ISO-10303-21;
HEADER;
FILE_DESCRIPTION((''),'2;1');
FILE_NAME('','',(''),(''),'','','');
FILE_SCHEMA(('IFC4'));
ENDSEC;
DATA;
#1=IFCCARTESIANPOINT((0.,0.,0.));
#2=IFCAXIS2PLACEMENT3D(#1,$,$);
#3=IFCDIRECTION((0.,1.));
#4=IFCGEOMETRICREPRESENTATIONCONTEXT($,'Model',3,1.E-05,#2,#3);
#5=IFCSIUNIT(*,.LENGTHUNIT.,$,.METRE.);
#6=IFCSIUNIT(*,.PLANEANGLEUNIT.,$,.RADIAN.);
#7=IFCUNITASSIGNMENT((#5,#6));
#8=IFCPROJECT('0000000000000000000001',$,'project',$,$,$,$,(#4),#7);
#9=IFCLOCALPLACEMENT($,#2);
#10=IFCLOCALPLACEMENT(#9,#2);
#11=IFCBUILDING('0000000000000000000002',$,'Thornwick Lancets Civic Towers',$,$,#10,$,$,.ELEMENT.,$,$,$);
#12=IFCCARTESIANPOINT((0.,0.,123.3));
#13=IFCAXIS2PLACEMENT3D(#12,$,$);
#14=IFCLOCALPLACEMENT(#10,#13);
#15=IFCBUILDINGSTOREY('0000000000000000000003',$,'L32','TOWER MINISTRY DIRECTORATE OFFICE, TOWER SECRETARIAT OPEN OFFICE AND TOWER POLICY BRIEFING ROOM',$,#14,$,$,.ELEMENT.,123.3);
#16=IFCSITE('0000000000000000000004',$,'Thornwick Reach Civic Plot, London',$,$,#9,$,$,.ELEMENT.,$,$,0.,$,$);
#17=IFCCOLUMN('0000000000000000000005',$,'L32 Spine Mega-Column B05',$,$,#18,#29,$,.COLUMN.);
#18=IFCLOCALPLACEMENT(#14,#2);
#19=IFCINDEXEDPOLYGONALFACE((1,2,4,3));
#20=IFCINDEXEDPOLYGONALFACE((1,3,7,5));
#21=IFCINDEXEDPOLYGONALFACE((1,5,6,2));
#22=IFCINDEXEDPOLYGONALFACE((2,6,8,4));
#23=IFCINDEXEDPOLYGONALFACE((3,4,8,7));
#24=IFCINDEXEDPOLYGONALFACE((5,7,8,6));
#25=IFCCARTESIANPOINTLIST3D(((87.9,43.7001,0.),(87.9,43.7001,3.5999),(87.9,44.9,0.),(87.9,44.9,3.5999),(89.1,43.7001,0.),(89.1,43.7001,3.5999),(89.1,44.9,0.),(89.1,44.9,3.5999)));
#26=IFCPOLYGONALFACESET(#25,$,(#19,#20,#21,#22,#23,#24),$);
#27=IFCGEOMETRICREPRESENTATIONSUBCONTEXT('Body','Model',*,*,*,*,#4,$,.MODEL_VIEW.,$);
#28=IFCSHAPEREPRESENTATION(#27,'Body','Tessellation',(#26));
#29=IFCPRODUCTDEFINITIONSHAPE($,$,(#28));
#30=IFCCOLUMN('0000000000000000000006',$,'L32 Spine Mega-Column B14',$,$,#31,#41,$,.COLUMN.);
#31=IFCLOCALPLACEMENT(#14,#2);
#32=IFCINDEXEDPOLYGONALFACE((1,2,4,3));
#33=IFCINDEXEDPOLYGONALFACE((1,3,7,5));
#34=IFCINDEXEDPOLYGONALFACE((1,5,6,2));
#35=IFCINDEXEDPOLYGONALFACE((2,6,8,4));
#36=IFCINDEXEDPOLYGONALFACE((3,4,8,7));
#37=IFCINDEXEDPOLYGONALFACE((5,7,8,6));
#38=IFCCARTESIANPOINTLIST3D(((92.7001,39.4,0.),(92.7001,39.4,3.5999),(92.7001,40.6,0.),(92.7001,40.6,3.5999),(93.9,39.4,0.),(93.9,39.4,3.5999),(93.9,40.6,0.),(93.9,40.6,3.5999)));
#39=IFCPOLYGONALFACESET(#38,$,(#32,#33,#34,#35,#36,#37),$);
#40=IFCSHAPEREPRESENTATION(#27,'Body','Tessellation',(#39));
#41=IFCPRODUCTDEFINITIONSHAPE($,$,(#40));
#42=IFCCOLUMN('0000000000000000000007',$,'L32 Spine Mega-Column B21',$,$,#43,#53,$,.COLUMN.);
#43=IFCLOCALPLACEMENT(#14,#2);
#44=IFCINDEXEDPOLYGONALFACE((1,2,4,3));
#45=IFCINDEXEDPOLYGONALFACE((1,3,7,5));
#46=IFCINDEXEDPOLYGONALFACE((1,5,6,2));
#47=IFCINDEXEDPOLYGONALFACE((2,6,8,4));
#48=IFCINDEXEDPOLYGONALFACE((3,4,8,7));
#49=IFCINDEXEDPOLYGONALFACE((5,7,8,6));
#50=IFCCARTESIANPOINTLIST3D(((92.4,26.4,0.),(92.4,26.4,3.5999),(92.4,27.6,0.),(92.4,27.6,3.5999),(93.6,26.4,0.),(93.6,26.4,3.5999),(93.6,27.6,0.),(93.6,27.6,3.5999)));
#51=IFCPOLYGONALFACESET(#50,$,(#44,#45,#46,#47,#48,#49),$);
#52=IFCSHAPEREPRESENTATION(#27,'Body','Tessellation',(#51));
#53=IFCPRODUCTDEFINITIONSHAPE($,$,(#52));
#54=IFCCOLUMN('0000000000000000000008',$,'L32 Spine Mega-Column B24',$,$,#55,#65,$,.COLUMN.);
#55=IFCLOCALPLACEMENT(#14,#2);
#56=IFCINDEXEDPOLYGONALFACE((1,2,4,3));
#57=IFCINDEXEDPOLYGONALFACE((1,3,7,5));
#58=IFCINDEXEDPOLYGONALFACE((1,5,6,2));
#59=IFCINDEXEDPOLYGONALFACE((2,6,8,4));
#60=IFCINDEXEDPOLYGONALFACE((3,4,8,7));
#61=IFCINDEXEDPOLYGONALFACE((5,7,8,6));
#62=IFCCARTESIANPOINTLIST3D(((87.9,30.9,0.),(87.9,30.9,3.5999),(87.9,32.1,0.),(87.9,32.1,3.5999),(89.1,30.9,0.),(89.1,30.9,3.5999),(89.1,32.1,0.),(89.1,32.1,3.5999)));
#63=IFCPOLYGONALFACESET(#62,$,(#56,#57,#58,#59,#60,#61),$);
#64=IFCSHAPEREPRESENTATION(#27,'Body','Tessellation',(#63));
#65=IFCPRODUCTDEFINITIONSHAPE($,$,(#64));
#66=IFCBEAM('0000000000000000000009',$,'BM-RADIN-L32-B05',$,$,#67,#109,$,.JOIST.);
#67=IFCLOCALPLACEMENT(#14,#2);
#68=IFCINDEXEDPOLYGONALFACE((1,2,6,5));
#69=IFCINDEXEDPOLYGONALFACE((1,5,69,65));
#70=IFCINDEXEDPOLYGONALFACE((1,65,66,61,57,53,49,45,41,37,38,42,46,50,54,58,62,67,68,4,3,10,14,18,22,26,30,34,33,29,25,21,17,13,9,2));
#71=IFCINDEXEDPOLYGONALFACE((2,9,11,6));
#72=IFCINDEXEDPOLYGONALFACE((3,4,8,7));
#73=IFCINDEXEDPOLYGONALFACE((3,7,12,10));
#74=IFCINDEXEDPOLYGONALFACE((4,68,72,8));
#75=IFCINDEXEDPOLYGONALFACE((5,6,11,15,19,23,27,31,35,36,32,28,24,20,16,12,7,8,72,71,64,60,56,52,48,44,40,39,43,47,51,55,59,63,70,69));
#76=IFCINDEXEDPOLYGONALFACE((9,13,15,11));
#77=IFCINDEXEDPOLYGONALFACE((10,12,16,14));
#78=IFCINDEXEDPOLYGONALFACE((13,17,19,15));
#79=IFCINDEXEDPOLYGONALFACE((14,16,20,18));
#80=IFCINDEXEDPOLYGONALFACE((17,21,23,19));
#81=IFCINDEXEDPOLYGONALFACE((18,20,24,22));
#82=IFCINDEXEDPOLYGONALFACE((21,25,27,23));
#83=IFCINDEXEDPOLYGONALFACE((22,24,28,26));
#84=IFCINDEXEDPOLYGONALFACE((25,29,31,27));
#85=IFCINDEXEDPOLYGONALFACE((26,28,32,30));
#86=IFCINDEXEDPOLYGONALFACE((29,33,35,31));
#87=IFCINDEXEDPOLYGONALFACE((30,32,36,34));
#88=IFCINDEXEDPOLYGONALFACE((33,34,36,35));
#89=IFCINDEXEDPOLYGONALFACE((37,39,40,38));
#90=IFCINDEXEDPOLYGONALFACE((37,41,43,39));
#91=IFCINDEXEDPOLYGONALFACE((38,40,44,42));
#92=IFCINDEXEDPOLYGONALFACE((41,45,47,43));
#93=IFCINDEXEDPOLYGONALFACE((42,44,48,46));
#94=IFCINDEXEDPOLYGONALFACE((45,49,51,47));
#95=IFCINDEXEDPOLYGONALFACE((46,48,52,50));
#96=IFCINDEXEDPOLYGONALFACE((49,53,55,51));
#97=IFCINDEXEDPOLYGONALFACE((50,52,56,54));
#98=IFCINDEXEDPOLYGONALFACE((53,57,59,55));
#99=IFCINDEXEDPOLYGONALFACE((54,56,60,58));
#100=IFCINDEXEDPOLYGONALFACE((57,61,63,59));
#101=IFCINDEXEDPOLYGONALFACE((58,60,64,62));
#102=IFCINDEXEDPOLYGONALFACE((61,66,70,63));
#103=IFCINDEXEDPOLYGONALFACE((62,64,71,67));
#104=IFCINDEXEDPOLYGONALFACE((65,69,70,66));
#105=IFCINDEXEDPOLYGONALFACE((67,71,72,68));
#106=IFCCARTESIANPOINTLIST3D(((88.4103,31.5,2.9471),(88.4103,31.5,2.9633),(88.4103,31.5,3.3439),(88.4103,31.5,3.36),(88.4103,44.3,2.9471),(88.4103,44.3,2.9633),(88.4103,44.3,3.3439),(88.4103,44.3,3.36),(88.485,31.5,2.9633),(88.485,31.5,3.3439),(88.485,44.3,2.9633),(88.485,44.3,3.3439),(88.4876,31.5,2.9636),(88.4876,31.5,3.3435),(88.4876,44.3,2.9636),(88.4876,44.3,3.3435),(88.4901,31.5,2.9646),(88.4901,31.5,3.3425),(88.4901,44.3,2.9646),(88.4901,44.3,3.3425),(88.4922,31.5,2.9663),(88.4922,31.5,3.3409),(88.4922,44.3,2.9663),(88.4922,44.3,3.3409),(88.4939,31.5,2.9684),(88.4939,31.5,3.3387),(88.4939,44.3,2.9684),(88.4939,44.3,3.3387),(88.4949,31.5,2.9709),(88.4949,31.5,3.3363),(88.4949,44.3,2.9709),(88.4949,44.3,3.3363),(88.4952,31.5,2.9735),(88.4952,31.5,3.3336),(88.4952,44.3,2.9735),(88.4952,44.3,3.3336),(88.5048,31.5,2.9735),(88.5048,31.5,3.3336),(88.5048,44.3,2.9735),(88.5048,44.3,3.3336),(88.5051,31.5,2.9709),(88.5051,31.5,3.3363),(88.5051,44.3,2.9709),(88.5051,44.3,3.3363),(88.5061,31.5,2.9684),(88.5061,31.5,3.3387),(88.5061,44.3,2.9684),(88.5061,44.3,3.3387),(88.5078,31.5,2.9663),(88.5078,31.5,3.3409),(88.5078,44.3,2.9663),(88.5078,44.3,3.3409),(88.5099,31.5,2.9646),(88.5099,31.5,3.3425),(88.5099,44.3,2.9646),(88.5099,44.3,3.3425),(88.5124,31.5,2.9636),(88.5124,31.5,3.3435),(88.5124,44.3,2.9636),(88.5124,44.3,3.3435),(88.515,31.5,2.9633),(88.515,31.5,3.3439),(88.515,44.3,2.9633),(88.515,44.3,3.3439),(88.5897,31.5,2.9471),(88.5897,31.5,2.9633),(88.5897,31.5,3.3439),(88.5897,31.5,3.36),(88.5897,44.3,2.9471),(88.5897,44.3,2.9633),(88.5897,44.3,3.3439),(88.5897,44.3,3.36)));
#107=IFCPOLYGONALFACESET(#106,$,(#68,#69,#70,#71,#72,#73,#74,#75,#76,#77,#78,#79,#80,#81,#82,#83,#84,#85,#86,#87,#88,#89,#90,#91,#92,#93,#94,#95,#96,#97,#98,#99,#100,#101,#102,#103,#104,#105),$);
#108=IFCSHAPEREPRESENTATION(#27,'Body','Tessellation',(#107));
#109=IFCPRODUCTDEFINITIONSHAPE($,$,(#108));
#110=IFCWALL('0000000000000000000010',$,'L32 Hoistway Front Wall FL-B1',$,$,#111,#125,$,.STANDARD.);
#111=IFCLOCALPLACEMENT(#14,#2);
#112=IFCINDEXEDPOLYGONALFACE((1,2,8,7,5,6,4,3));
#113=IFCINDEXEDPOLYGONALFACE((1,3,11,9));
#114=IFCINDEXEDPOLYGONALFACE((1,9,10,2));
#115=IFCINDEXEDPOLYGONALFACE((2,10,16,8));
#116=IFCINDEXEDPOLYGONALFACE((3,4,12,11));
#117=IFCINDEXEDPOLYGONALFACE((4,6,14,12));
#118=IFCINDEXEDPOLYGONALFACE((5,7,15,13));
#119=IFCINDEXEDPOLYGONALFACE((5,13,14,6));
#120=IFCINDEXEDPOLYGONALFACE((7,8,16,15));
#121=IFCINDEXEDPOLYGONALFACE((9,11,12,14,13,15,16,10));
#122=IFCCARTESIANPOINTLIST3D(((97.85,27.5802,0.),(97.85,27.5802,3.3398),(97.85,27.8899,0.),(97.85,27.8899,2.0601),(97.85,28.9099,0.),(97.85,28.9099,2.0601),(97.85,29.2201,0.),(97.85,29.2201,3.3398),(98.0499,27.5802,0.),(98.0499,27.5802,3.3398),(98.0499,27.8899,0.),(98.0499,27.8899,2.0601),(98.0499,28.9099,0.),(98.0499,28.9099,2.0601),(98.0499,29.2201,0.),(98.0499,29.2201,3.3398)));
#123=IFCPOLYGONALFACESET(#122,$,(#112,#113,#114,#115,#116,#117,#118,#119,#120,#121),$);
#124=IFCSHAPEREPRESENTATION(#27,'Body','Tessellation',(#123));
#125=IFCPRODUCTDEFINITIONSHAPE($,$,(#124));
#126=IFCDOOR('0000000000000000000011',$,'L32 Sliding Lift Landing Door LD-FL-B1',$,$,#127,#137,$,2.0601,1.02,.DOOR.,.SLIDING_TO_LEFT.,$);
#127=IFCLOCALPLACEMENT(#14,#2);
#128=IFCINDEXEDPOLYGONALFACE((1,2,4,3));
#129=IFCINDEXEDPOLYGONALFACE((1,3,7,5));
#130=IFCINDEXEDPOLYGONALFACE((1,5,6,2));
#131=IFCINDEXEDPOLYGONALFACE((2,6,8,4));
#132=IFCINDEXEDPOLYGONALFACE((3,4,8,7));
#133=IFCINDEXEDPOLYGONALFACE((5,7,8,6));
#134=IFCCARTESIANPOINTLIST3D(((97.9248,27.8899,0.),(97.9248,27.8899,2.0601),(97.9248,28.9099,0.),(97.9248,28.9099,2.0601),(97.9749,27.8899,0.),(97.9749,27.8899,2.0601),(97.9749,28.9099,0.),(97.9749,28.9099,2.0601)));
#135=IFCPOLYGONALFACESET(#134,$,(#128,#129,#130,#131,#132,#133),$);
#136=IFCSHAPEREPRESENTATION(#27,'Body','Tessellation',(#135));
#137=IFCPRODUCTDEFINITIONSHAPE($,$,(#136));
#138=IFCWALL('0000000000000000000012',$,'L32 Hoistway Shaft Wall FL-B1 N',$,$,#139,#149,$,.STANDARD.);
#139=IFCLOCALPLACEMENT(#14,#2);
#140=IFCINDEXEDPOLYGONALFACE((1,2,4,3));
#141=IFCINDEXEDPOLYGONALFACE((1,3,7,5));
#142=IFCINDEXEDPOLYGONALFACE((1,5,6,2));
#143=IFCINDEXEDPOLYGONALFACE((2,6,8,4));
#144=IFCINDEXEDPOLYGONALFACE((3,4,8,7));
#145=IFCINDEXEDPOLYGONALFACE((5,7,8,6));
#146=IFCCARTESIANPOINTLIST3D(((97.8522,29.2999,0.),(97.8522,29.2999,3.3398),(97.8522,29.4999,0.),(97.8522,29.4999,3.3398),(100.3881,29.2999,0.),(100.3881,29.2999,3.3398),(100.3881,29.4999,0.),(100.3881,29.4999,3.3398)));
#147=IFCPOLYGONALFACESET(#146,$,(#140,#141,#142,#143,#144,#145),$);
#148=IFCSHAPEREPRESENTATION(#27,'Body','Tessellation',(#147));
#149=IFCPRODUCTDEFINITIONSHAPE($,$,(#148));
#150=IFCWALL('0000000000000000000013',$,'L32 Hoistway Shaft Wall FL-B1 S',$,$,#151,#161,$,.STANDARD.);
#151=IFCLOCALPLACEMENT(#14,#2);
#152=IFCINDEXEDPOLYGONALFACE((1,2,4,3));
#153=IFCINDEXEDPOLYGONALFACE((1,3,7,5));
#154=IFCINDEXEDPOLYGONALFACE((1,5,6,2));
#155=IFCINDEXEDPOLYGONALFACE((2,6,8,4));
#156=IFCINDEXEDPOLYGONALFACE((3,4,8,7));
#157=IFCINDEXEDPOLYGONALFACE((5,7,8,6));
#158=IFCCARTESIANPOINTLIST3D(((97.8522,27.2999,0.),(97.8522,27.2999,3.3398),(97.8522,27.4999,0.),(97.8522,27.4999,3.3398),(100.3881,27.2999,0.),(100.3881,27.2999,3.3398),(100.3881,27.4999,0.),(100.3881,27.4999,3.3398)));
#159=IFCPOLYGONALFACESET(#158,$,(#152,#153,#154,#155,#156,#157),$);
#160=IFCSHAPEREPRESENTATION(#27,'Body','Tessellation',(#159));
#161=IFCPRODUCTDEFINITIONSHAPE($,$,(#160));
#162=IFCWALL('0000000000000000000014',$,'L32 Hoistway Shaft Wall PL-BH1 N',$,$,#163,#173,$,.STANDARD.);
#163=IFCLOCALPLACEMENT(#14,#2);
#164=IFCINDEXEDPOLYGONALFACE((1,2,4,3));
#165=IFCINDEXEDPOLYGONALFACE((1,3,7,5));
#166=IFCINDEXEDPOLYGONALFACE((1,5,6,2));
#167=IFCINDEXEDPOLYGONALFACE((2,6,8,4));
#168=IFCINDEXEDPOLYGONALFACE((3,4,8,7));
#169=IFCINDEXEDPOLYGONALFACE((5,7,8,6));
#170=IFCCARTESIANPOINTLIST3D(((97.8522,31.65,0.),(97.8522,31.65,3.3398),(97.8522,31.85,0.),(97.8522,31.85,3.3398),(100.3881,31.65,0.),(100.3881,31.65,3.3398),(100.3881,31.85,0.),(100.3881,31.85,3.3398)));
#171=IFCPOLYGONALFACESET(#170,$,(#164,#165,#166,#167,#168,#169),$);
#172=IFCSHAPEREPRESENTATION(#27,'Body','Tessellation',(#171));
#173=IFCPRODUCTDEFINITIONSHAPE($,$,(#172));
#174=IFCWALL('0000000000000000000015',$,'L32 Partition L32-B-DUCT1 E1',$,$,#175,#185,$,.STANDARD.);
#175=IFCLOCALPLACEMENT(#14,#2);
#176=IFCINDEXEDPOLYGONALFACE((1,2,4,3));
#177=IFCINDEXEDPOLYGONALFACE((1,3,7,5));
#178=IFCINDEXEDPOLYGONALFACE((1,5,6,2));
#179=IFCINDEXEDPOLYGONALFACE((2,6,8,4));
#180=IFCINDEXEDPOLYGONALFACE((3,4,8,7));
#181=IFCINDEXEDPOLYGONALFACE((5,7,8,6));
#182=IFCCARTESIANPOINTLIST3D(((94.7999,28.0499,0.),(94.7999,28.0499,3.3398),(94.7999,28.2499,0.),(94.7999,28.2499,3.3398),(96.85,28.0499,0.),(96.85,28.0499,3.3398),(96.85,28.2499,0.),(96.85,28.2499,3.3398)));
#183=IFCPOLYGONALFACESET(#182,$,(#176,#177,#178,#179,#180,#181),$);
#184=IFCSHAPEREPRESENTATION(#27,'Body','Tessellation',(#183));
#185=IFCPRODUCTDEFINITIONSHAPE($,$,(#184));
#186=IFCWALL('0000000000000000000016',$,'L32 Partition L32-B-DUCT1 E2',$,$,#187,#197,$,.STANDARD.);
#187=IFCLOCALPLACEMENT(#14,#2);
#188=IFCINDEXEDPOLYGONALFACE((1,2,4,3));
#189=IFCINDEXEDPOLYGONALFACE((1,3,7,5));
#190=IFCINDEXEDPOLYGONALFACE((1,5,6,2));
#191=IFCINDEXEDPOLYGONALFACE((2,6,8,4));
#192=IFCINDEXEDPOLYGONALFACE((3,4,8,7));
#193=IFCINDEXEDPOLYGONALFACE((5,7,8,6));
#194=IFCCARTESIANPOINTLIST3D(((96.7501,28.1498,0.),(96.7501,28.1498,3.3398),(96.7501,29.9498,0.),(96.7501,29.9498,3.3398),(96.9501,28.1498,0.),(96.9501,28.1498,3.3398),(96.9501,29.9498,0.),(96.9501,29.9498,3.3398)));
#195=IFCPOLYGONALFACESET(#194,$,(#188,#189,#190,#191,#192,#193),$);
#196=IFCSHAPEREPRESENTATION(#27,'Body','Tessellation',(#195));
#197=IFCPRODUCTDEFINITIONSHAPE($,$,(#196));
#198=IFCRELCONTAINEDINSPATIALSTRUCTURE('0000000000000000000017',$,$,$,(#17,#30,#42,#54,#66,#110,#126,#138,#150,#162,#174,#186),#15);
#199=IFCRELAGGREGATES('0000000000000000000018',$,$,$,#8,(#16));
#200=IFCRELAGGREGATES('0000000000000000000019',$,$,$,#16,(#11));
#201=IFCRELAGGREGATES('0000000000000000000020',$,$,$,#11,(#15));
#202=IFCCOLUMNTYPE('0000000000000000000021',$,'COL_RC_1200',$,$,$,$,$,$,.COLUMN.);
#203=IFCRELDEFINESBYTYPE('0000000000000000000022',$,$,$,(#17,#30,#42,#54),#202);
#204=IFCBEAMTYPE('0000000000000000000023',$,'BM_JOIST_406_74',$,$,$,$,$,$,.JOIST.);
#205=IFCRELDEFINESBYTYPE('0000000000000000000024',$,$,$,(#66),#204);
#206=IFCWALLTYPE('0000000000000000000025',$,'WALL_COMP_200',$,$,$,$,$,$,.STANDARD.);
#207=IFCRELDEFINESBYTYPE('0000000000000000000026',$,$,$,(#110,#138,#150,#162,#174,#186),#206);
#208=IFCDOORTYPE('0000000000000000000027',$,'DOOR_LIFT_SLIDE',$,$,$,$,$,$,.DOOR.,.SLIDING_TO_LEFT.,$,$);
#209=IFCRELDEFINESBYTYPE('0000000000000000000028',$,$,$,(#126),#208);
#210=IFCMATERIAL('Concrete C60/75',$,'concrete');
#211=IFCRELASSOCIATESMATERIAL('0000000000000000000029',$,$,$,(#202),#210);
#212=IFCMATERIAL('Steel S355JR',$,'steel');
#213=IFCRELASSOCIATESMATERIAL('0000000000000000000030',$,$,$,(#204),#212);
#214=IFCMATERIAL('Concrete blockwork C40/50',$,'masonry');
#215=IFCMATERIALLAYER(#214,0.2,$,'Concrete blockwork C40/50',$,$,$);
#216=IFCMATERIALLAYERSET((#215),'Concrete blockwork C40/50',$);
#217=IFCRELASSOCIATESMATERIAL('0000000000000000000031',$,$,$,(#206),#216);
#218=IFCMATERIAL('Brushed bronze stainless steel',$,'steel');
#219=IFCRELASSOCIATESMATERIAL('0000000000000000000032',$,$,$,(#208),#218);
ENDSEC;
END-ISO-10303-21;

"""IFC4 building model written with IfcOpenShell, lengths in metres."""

from ifc_helpers import new_model, si_unit, direction, frame, frame_2d, origin, origin_2d, place, context, subcontext, project, spatial, rectangle, i_section, extrude, material, layer, layer_set, material_profile, profile_set, type_object, element, fill, save


model = new_model("IFC4")

# Units and contexts
model_context = context("Model", 3, precision=1e-05, world=origin(), true_north=direction((0.0, 1.0)))
body_context = subcontext(model_context, "Body", "Model", "MODEL_VIEW")
ifc_project = project(units=[si_unit("LENGTHUNIT", "METRE"), si_unit("PLANEANGLEUNIT", "RADIAN")], contexts=[model_context])

# Site, building, storey
site_placement = place(None, origin())
site = spatial("IfcSite", under=ifc_project, at=site_placement, Name="Thornwick Reach Civic Plot, London", CompositionType="ELEMENT", RefElevation=0.0)
building_placement = place(site_placement, origin())
building = spatial("IfcBuilding", under=site, at=building_placement, Name="Thornwick Lancets Civic Towers", CompositionType="ELEMENT")
storey_placement = place(building_placement, frame((0.0, 0.0, 123.3)))
storey = spatial("IfcBuildingStorey", under=building, at=storey_placement, Name="L32", Description="TOWER MINISTRY DIRECTORATE OFFICE, TOWER SECRETARIAT OPEN OFFICE AND TOWER POLICY BRIEFING ROOM", CompositionType="ELEMENT", Elevation=123.3)

# Columns
ifc_material_1 = material(Name="Concrete C60/75", Category="concrete")
ifc_material_profile_1 = material_profile(ifc_material_1, rectangle(XDim=1.2, YDim=1.2, at=origin_2d()), Name="RC 1200x1200")
ifc_profile_set_1 = profile_set([ifc_material_profile_1], Name="Concrete C60/75")
column_type = type_object("IfcColumnType", Name="COL_RC_1200", PredefinedType="COLUMN", material=ifc_profile_set_1)
for number, where, z_axis, x_axis, name in (
    (1, (88.5, 44.3, 0.0), (0.0, 0.0, 1.0), (1.0, 0.0, 0.0), "L32 Spine Mega-Column B05"),
    (2, (93.3, 40.0, 0.0), (0.0, 0.0, 1.0), (1.0, 0.0, 0.0), "L32 Spine Mega-Column B14"),
    (3, (93.0, 27.0, 0.0), (0.0, 0.0, 1.0), (1.0, 0.0, 0.0), "L32 Spine Mega-Column B21"),
    (4, (88.5, 31.5, 0.0), (0.0, 0.0, 1.0), (1.0, 0.0, 0.0), "L32 Spine Mega-Column B24"),
):
    element("IfcColumn", number, at=place(storey_placement, frame(where, z_axis=z_axis, x_axis=x_axis)), inside=storey, type_object=column_type, Name=name, PredefinedType="COLUMN", context=body_context, shape_type="SweptSolid", body=[
        extrude(rectangle(XDim=1.2, YDim=1.2, at=origin_2d()), origin(), (0.0, 0.0, 1.0), 3.5999),
    ])

# Beam
ifc_material_2 = material(Name="Steel S355JR", Category="steel")
ifc_material_profile_2 = material_profile(ifc_material_2, i_section(OverallWidth=0.1794, OverallDepth=0.4128, WebThickness=0.0095, FlangeThickness=0.0161, FilletRadius=0.0103, at=origin_2d()), Name="UKB 406x178x74")
ifc_profile_set_2 = profile_set([ifc_material_profile_2], Name="Steel S355JR")
beam_type = type_object("IfcBeamType", Name="BM_JOIST_406_74", PredefinedType="JOIST", material=ifc_profile_set_2)
beam_placement = place(storey_placement, frame((88.5, 31.5, 3.1536), z_axis=(0.0, 1.0, 0.0), x_axis=(-1.0, 0.0, 0.0)))
element("IfcBeam", 5, at=beam_placement, inside=storey, type_object=beam_type, Name="BM-RADIN-L32-B05", PredefinedType="JOIST", context=body_context, shape_type="SweptSolid", body=[
    extrude(i_section(OverallWidth=0.1794, OverallDepth=0.4128, WebThickness=0.0095, FlangeThickness=0.0161, FilletRadius=0.0103, at=origin_2d()), origin(), (0.0, 0.0, 1.0), 12.8),
])

# Wall, opening, door
ifc_material_3 = material(Name="Concrete blockwork C40/50", Category="masonry")
ifc_layer_1 = layer(ifc_material_3, 0.2, Name="Concrete blockwork C40/50")
ifc_layer_set_1 = layer_set([ifc_layer_1], Name="Concrete blockwork C40/50")
wall_type_1 = type_object("IfcWallType", Name="WALL_COMP_200", PredefinedType="STANDARD", material=ifc_layer_set_1)
wall_1_placement = place(storey_placement, frame((97.95, 29.22, 0.0), z_axis=(0.0, 0.0, 1.0), x_axis=(0.0, -1.0, 0.0)))
wall_1 = element("IfcWall", 6, at=wall_1_placement, inside=storey, type_object=wall_type_1, Name="L32 Hoistway Front Wall FL-B1", PredefinedType="STANDARD", context=body_context, shape_type="SweptSolid", body=[
    extrude(rectangle(XDim=1.6399, YDim=0.2, at=frame_2d((0.8198, 0.0))), origin(), (0.0, 0.0, 1.0), 3.3398),
])
opening_1_placement = place(wall_1_placement, frame((0.3101, 0.0, 0.0)))
opening_1 = element("IfcOpeningElement", 7, at=opening_1_placement, cuts=wall_1, PredefinedType="OPENING", context=body_context, shape_type="SweptSolid", body=[
    extrude(rectangle(XDim=1.02, YDim=2.0601, at=frame_2d((0.51, 1.03))), frame((0.0, 0.1099, 0.0), z_axis=(0.0, -1.0, 0.0), x_axis=(1.0, 0.0, 0.0)), (0.0, 0.0, 1.0), 0.22),
])
ifc_material_4 = material(Name="Brushed bronze stainless steel", Category="steel")
door_type_1 = type_object("IfcDoorType", Name="DOOR_LIFT_SLIDE", OperationType="SLIDING_TO_LEFT", PredefinedType="DOOR", material=ifc_material_4)
door_1_placement = place(opening_1_placement, origin())
door_1 = element("IfcDoor", 8, at=door_1_placement, inside=storey, type_object=door_type_1, Name="L32 Sliding Lift Landing Door LD-FL-B1", OperationType="SLIDING_TO_LEFT", OverallHeight=2.0601, OverallWidth=1.02, PredefinedType="DOOR", context=body_context, shape_type="SweptSolid", body=[
    extrude(rectangle(XDim=1.02, YDim=2.0601, at=frame_2d((0.51, 1.03))), frame((0.0, 0.0249, 0.0), z_axis=(0.0, -1.0, 0.0), x_axis=(1.0, 0.0, 0.0)), (0.0, 0.0, 1.0), 0.05),
])
fill(opening_1, door_1)

# Walls
for number, where, z_axis, x_axis, name in (
    (9, (97.8521, 29.3999, 0.0), (0.0, 0.0, 1.0), (1.0, 0.0, 0.0), "L32 Hoistway Shaft Wall FL-B1 N"),
    (10, (97.8521, 27.3999, 0.0), (0.0, 0.0, 1.0), (1.0, 0.0, 0.0), "L32 Hoistway Shaft Wall FL-B1 S"),
    (11, (97.8521, 31.75, 0.0), (0.0, 0.0, 1.0), (1.0, 0.0, 0.0), "L32 Hoistway Shaft Wall PL-BH1 N"),
):
    element("IfcWall", number, at=place(storey_placement, frame(where, z_axis=z_axis, x_axis=x_axis)), inside=storey, type_object=wall_type_1, Name=name, PredefinedType="STANDARD", context=body_context, shape_type="SweptSolid", body=[
        extrude(rectangle(XDim=2.5359, YDim=0.2, at=frame_2d((1.2681, 0.0))), origin(), (0.0, 0.0, 1.0), 3.3398),
    ])
wall_2_placement = place(storey_placement, frame((94.8, 28.1499, 0.0), z_axis=(0.0, 0.0, 1.0), x_axis=(1.0, 0.0, 0.0)))
element("IfcWall", 12, at=wall_2_placement, inside=storey, type_object=wall_type_1, Name="L32 Partition L32-B-DUCT1 E1", PredefinedType="STANDARD", context=body_context, shape_type="SweptSolid", body=[
    extrude(rectangle(XDim=2.05, YDim=0.2, at=frame_2d((1.0249, 0.0))), origin(), (0.0, 0.0, 1.0), 3.3398),
])
wall_3_placement = place(storey_placement, frame((96.8501, 28.1499, 0.0), z_axis=(0.0, 0.0, 1.0), x_axis=(0.0, 1.0, 0.0)))
element("IfcWall", 13, at=wall_3_placement, inside=storey, type_object=wall_type_1, Name="L32 Partition L32-B-DUCT1 E2", PredefinedType="STANDARD", context=body_context, shape_type="SweptSolid", body=[
    extrude(rectangle(XDim=1.8, YDim=0.2, at=frame_2d((0.8999, 0.0))), origin(), (0.0, 0.0, 1.0), 3.3398),
])

save(model, "model.ifc")
